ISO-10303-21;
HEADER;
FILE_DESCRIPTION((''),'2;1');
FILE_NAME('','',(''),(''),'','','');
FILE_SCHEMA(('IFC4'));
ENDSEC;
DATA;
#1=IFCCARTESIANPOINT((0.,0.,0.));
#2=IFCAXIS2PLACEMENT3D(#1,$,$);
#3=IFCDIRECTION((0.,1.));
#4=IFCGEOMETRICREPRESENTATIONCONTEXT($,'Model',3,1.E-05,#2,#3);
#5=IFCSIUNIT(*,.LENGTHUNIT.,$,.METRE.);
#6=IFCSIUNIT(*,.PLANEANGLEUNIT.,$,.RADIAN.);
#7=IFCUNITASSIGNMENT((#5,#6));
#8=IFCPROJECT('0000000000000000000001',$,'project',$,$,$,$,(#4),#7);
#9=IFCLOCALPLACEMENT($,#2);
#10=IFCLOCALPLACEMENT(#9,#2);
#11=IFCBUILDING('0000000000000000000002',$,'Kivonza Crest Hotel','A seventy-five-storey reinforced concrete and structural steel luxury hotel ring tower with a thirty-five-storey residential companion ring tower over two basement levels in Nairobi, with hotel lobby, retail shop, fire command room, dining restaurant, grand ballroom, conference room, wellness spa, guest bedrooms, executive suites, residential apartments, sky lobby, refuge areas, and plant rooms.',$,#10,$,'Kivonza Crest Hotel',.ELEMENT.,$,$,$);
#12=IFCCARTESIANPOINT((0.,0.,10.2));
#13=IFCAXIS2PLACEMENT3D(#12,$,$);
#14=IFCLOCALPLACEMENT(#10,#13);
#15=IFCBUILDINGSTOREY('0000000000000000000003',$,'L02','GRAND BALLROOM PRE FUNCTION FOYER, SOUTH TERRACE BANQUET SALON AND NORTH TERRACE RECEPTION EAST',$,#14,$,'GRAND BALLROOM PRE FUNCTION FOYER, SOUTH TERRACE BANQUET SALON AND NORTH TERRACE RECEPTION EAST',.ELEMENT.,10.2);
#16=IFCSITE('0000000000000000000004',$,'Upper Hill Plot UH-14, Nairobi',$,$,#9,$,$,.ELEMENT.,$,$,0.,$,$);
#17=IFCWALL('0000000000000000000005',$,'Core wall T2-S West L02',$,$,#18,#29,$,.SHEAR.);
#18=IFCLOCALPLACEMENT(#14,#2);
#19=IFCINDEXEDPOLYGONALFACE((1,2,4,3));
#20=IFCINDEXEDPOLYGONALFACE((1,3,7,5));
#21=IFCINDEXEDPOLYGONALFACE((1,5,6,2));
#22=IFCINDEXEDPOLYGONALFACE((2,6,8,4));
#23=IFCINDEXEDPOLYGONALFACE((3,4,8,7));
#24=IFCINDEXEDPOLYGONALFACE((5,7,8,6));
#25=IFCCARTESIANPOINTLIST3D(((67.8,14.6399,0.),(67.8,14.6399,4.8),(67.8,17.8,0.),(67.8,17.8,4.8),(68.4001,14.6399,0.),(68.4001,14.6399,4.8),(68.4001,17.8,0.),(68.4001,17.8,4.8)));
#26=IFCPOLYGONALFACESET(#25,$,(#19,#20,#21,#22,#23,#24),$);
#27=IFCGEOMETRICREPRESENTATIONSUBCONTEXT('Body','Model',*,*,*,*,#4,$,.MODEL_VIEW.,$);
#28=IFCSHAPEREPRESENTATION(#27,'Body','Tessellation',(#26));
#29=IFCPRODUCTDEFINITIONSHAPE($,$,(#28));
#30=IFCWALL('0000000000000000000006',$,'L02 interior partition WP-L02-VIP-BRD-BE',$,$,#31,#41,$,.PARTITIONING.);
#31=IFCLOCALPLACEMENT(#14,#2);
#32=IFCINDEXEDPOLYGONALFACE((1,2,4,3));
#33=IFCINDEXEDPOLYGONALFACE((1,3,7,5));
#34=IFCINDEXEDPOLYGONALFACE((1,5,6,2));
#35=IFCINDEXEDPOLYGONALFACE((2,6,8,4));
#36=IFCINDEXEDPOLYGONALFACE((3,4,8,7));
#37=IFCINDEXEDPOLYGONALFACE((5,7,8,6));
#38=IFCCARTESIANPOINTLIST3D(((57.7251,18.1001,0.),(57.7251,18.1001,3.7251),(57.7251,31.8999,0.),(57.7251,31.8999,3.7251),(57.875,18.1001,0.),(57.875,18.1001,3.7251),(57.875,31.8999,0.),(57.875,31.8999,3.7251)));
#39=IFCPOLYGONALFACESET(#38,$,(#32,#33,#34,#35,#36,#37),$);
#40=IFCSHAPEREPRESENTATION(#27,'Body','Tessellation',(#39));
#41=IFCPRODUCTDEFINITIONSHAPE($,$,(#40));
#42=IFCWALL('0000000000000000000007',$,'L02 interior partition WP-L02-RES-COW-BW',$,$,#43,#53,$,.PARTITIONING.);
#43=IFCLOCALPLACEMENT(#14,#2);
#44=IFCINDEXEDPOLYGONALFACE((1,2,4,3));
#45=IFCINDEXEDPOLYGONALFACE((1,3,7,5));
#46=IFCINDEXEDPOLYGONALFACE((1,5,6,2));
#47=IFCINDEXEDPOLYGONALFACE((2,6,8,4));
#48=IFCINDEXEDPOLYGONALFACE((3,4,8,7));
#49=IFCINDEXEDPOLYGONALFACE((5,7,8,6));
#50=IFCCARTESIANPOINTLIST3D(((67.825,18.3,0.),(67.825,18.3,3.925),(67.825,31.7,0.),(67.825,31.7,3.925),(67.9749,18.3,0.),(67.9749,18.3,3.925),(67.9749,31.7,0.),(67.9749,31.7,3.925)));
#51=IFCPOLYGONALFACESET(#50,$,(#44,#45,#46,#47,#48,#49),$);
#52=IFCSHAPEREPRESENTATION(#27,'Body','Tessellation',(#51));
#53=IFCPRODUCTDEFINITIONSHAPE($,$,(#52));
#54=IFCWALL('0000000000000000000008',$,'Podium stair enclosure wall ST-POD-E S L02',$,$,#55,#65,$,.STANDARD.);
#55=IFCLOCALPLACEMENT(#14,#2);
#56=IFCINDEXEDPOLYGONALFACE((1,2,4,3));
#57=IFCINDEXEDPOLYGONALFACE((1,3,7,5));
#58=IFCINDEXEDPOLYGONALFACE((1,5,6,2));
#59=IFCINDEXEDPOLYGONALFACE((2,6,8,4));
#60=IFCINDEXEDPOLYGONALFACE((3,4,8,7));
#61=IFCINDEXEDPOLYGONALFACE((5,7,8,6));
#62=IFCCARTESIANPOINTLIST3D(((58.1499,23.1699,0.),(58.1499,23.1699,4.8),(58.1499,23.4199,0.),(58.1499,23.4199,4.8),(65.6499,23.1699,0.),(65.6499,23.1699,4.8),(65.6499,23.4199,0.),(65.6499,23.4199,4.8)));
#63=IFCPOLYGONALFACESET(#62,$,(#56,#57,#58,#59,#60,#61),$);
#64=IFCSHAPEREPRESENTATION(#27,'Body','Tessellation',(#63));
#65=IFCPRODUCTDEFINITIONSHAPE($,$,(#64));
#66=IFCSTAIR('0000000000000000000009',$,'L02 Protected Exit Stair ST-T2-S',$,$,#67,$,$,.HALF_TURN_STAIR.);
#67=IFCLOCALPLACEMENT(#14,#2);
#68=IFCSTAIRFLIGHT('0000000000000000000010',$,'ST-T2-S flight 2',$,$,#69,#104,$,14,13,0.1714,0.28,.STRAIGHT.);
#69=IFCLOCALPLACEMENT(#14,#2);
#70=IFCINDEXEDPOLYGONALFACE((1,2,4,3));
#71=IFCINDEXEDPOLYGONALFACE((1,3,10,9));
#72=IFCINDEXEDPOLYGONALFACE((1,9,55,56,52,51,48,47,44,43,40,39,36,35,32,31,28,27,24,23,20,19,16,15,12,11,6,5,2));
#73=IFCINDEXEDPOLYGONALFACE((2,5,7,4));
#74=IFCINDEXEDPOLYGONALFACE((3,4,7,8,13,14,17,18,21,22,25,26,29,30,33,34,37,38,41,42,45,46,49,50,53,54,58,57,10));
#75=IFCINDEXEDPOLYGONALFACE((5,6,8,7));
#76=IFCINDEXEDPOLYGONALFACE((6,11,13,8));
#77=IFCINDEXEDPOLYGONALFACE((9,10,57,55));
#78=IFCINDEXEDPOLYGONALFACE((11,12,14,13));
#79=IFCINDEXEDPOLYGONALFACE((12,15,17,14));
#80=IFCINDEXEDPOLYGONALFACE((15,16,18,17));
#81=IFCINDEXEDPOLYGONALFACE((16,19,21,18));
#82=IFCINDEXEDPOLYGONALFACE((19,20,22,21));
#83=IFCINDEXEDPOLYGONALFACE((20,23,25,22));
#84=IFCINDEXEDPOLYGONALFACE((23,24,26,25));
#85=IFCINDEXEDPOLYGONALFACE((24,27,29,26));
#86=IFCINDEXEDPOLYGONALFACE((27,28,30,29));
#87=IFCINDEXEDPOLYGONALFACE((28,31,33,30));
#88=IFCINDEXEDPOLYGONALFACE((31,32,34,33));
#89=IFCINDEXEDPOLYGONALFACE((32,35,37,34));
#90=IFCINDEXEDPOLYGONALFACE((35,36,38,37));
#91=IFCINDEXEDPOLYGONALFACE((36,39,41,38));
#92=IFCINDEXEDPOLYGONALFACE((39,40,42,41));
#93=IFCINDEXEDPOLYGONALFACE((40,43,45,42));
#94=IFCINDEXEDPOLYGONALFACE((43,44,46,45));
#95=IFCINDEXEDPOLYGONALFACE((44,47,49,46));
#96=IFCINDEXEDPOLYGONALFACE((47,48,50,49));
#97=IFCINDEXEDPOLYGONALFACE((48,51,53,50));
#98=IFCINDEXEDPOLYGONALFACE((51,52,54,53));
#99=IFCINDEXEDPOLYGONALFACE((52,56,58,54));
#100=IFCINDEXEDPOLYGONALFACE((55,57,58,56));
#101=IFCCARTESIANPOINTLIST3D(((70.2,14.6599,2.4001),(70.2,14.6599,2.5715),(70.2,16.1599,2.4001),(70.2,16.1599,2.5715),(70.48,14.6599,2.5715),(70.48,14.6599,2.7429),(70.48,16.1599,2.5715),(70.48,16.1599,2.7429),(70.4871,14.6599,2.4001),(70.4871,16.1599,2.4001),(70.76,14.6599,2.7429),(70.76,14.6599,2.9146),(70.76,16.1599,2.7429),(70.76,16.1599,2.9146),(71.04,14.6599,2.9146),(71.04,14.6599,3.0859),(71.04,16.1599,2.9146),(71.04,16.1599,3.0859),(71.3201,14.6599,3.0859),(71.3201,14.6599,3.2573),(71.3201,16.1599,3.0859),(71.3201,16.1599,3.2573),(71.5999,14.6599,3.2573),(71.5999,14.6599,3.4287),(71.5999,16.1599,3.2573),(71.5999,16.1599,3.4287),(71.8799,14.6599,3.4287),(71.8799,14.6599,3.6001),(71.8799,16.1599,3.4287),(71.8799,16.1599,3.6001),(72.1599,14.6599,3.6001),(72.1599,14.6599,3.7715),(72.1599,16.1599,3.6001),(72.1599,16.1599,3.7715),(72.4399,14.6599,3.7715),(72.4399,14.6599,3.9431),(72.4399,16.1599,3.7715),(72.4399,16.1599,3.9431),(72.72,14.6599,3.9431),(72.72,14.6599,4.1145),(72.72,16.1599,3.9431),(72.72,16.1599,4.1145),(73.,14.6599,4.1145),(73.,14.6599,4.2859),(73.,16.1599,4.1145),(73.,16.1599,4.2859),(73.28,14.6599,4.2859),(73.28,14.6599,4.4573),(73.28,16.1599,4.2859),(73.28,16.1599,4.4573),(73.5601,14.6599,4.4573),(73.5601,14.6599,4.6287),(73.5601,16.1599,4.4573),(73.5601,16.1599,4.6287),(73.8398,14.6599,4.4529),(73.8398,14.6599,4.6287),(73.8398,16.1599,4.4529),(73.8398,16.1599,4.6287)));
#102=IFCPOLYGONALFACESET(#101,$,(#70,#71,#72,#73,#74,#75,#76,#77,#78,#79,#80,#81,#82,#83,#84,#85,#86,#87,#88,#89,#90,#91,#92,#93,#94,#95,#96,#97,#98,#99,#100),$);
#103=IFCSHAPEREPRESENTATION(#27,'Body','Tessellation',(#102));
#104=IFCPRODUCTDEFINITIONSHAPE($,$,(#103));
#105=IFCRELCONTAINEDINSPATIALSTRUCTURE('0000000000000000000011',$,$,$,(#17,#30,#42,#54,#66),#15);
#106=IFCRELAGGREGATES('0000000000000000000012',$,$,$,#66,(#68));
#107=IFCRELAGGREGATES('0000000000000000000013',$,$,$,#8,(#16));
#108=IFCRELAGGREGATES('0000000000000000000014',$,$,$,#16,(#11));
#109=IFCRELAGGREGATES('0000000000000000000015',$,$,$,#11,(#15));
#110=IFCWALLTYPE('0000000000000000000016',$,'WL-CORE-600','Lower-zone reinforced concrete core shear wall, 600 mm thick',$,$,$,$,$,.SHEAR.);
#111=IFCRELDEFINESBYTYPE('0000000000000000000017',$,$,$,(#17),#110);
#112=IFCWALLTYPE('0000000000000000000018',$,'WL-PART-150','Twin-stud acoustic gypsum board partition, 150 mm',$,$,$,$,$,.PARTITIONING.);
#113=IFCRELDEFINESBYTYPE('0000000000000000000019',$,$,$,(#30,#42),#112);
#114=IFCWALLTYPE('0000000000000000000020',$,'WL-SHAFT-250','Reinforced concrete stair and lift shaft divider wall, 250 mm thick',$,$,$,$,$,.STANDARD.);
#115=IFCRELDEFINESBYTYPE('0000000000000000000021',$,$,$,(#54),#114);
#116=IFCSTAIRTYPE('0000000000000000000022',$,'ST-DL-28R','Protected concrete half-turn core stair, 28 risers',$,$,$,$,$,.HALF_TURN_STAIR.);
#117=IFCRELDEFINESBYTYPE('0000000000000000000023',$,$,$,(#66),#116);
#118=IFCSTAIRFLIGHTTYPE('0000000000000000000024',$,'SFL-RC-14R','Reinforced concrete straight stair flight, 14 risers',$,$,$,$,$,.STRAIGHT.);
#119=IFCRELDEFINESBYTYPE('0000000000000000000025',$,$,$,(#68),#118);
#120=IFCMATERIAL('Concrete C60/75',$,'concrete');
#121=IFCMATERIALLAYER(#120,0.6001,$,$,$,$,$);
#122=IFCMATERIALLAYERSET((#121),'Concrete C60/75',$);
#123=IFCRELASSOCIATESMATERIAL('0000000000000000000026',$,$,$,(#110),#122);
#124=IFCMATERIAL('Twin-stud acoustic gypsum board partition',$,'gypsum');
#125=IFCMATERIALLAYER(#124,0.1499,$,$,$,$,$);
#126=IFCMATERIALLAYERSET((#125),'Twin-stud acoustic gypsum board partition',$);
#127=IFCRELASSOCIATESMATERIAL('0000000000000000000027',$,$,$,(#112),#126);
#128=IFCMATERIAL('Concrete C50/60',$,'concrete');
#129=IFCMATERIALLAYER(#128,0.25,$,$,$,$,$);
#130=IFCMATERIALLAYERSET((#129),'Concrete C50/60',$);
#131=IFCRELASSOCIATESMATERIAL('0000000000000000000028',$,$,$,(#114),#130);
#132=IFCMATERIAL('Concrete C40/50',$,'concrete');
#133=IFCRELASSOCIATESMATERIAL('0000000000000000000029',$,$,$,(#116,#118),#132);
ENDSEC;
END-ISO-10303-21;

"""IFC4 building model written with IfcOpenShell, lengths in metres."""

from ifc_helpers import new_model, si_unit, direction, frame, frame_2d, origin, place, context, subcontext, project, spatial, polyline, rectangle, outline, extrude, material, layer, layer_set, type_object, element, aggregate, save


model = new_model("IFC4")

# Units and contexts
model_context = context("Model", 3, precision=1e-05, world=origin(), true_north=direction((0.0, 1.0)))
body_context = subcontext(model_context, "Body", "Model", "MODEL_VIEW")
ifc_project = project(units=[si_unit("LENGTHUNIT", "METRE"), si_unit("PLANEANGLEUNIT", "RADIAN")], contexts=[model_context])

# Site, building, storey
site_placement = place(None, origin())
site = spatial("IfcSite", under=ifc_project, at=site_placement, Name="Upper Hill Plot UH-14, Nairobi", CompositionType="ELEMENT", RefElevation=0.0)
building_placement = place(site_placement, origin())
building = spatial("IfcBuilding", under=site, at=building_placement, Name="Kivonza Crest Hotel", Description="A seventy-five-storey reinforced concrete and structural steel luxury hotel ring tower with a thirty-five-storey residential companion ring tower over two basement levels in Nairobi, with hotel lobby, retail shop, fire command room, dining restaurant, grand ballroom, conference room, wellness spa, guest bedrooms, executive suites, residential apartments, sky lobby, refuge areas, and plant rooms.", LongName="Kivonza Crest Hotel", CompositionType="ELEMENT")
storey_placement = place(building_placement, frame((0.0, 0.0, 10.2)))
storey = spatial("IfcBuildingStorey", under=building, at=storey_placement, Name="L02", Description="GRAND BALLROOM PRE FUNCTION FOYER, SOUTH TERRACE BANQUET SALON AND NORTH TERRACE RECEPTION EAST", LongName="GRAND BALLROOM PRE FUNCTION FOYER, SOUTH TERRACE BANQUET SALON AND NORTH TERRACE RECEPTION EAST", CompositionType="ELEMENT", Elevation=10.2)

# Shared definitions
ifc_material_1 = material(Name="Concrete C60/75", Category="concrete")

# Shared definitions
ifc_layer_1 = layer(ifc_material_1, 0.6001)
ifc_layer_set_1 = layer_set([ifc_layer_1], Name="Concrete C60/75")
wall_type_1 = type_object("IfcWallType", Name="WL-CORE-600", Description="Lower-zone reinforced concrete core shear wall, 600 mm thick", PredefinedType="SHEAR", material=ifc_layer_set_1)

# Walls
wall_1_placement = place(storey_placement, frame((68.1001, 14.6399, 0.0), z_axis=(0.0, 0.0, 1.0), x_axis=(0.0, 1.0, 0.0)))
element("IfcWall", 1, at=wall_1_placement, inside=storey, type_object=wall_type_1, Name="Core wall T2-S West L02", PredefinedType="SHEAR", context=body_context, shape_type="SweptSolid", body=[
    extrude(rectangle(XDim=3.1602, YDim=0.6001, at=frame_2d((1.5801, 0.0))), origin(), (0.0, 0.0, 1.0), 4.8),
])
ifc_material_2 = material(Name="Twin-stud acoustic gypsum board partition", Category="gypsum")
ifc_layer_2 = layer(ifc_material_2, 0.1499)
ifc_layer_set_2 = layer_set([ifc_layer_2], Name="Twin-stud acoustic gypsum board partition")
wall_type_2 = type_object("IfcWallType", Name="WL-PART-150", Description="Twin-stud acoustic gypsum board partition, 150 mm", PredefinedType="PARTITIONING", material=ifc_layer_set_2)
wall_2_placement = place(storey_placement, frame((57.8, 18.1001, 0.0), z_axis=(0.0, 0.0, 1.0), x_axis=(0.0, 1.0, 0.0)))
element("IfcWall", 2, at=wall_2_placement, inside=storey, type_object=wall_type_2, Name="L02 interior partition WP-L02-VIP-BRD-BE", PredefinedType="PARTITIONING", context=body_context, shape_type="SweptSolid", body=[
    extrude(rectangle(XDim=13.7998, YDim=0.1499, at=frame_2d((6.8999, 0.0))), origin(), (0.0, 0.0, 1.0), 3.7251),
])
wall_3_placement = place(storey_placement, frame((67.8999, 18.3, 0.0), z_axis=(0.0, 0.0, 1.0), x_axis=(0.0, 1.0, 0.0)))
element("IfcWall", 3, at=wall_3_placement, inside=storey, type_object=wall_type_2, Name="L02 interior partition WP-L02-RES-COW-BW", PredefinedType="PARTITIONING", context=body_context, shape_type="SweptSolid", body=[
    extrude(rectangle(XDim=13.3999, YDim=0.1499, at=frame_2d((6.7, 0.0))), origin(), (0.0, 0.0, 1.0), 3.925),
])
ifc_material_3 = material(Name="Concrete C50/60", Category="concrete")
ifc_layer_3 = layer(ifc_material_3, 0.25)
ifc_layer_set_3 = layer_set([ifc_layer_3], Name="Concrete C50/60")
wall_type_3 = type_object("IfcWallType", Name="WL-SHAFT-250", Description="Reinforced concrete stair and lift shaft divider wall, 250 mm thick", PredefinedType="STANDARD", material=ifc_layer_set_3)
wall_4_placement = place(storey_placement, frame((58.1499, 23.2949, 0.0), z_axis=(0.0, 0.0, 1.0), x_axis=(1.0, 0.0, 0.0)))
element("IfcWall", 4, at=wall_4_placement, inside=storey, type_object=wall_type_3, Name="Podium stair enclosure wall ST-POD-E S L02", PredefinedType="STANDARD", context=body_context, shape_type="SweptSolid", body=[
    extrude(rectangle(XDim=7.5, YDim=0.25, at=frame_2d((3.75, 0.0))), origin(), (0.0, 0.0, 1.0), 4.8),
])

# Stair, stair flight
ifc_material_4 = material(Name="Concrete C40/50", Category="concrete")
stair_type = type_object("IfcStairType", Name="ST-DL-28R", Description="Protected concrete half-turn core stair, 28 risers", PredefinedType="HALF_TURN_STAIR", material=ifc_material_4)
stair_placement = place(storey_placement, origin())
stair = element("IfcStair", 5, at=stair_placement, inside=storey, type_object=stair_type, Name="L02 Protected Exit Stair ST-T2-S", PredefinedType="HALF_TURN_STAIR")
stair_flight_type = type_object("IfcStairFlightType", Name="SFL-RC-14R", Description="Reinforced concrete straight stair flight, 14 risers", PredefinedType="STRAIGHT", material=ifc_material_4)
stair_flight_placement = place(storey_placement, frame((70.2, 15.4099, 2.4001), z_axis=(0.0, 0.0, 1.0), x_axis=(1.0, 0.0, 0.0)))
stair_flight = element("IfcStairFlight", 6, at=stair_flight_placement, type_object=stair_flight_type, Name="ST-T2-S flight 2", NumberOfRisers=14, NumberOfTreads=13, PredefinedType="STRAIGHT", RiserHeight=0.1714, TreadLength=0.28, context=body_context, shape_type="SweptSolid", body=[
    extrude(outline(polyline([(0.0, 0.0), (0.0, 0.1714), (0.28, 0.1714), (0.28, 0.3428), (0.5601, 0.3428), (0.5601, 0.5144), (0.8401, 0.5144), (0.8401, 0.6858), (1.1201, 0.6858), (1.1201, 0.8572), (1.3999, 0.8572), (1.3999, 1.0286), (1.6799, 1.0286), (1.6799, 1.2), (1.96, 1.2), (1.96, 1.3713), (2.24, 1.3713), (2.24, 1.543), (2.52, 1.543), (2.52, 1.7144), (2.8, 1.7144), (2.8, 1.8857), (3.0801, 1.8857), (3.0801, 2.0571), (3.3601, 2.0571), (3.3601, 2.2285), (3.6399, 2.2285), (3.6399, 2.3999), (3.6399, 2.0527), (0.2871, 0.0), (0.0, 0.0)])), frame((0.0, 0.75, 0.0), z_axis=(0.0, -1.0, 0.0), x_axis=(1.0, 0.0, 0.0)), (0.0, 0.0, 1.0), 1.5),
])
aggregate(stair, [stair_flight])

save(model, "model.ifc")
